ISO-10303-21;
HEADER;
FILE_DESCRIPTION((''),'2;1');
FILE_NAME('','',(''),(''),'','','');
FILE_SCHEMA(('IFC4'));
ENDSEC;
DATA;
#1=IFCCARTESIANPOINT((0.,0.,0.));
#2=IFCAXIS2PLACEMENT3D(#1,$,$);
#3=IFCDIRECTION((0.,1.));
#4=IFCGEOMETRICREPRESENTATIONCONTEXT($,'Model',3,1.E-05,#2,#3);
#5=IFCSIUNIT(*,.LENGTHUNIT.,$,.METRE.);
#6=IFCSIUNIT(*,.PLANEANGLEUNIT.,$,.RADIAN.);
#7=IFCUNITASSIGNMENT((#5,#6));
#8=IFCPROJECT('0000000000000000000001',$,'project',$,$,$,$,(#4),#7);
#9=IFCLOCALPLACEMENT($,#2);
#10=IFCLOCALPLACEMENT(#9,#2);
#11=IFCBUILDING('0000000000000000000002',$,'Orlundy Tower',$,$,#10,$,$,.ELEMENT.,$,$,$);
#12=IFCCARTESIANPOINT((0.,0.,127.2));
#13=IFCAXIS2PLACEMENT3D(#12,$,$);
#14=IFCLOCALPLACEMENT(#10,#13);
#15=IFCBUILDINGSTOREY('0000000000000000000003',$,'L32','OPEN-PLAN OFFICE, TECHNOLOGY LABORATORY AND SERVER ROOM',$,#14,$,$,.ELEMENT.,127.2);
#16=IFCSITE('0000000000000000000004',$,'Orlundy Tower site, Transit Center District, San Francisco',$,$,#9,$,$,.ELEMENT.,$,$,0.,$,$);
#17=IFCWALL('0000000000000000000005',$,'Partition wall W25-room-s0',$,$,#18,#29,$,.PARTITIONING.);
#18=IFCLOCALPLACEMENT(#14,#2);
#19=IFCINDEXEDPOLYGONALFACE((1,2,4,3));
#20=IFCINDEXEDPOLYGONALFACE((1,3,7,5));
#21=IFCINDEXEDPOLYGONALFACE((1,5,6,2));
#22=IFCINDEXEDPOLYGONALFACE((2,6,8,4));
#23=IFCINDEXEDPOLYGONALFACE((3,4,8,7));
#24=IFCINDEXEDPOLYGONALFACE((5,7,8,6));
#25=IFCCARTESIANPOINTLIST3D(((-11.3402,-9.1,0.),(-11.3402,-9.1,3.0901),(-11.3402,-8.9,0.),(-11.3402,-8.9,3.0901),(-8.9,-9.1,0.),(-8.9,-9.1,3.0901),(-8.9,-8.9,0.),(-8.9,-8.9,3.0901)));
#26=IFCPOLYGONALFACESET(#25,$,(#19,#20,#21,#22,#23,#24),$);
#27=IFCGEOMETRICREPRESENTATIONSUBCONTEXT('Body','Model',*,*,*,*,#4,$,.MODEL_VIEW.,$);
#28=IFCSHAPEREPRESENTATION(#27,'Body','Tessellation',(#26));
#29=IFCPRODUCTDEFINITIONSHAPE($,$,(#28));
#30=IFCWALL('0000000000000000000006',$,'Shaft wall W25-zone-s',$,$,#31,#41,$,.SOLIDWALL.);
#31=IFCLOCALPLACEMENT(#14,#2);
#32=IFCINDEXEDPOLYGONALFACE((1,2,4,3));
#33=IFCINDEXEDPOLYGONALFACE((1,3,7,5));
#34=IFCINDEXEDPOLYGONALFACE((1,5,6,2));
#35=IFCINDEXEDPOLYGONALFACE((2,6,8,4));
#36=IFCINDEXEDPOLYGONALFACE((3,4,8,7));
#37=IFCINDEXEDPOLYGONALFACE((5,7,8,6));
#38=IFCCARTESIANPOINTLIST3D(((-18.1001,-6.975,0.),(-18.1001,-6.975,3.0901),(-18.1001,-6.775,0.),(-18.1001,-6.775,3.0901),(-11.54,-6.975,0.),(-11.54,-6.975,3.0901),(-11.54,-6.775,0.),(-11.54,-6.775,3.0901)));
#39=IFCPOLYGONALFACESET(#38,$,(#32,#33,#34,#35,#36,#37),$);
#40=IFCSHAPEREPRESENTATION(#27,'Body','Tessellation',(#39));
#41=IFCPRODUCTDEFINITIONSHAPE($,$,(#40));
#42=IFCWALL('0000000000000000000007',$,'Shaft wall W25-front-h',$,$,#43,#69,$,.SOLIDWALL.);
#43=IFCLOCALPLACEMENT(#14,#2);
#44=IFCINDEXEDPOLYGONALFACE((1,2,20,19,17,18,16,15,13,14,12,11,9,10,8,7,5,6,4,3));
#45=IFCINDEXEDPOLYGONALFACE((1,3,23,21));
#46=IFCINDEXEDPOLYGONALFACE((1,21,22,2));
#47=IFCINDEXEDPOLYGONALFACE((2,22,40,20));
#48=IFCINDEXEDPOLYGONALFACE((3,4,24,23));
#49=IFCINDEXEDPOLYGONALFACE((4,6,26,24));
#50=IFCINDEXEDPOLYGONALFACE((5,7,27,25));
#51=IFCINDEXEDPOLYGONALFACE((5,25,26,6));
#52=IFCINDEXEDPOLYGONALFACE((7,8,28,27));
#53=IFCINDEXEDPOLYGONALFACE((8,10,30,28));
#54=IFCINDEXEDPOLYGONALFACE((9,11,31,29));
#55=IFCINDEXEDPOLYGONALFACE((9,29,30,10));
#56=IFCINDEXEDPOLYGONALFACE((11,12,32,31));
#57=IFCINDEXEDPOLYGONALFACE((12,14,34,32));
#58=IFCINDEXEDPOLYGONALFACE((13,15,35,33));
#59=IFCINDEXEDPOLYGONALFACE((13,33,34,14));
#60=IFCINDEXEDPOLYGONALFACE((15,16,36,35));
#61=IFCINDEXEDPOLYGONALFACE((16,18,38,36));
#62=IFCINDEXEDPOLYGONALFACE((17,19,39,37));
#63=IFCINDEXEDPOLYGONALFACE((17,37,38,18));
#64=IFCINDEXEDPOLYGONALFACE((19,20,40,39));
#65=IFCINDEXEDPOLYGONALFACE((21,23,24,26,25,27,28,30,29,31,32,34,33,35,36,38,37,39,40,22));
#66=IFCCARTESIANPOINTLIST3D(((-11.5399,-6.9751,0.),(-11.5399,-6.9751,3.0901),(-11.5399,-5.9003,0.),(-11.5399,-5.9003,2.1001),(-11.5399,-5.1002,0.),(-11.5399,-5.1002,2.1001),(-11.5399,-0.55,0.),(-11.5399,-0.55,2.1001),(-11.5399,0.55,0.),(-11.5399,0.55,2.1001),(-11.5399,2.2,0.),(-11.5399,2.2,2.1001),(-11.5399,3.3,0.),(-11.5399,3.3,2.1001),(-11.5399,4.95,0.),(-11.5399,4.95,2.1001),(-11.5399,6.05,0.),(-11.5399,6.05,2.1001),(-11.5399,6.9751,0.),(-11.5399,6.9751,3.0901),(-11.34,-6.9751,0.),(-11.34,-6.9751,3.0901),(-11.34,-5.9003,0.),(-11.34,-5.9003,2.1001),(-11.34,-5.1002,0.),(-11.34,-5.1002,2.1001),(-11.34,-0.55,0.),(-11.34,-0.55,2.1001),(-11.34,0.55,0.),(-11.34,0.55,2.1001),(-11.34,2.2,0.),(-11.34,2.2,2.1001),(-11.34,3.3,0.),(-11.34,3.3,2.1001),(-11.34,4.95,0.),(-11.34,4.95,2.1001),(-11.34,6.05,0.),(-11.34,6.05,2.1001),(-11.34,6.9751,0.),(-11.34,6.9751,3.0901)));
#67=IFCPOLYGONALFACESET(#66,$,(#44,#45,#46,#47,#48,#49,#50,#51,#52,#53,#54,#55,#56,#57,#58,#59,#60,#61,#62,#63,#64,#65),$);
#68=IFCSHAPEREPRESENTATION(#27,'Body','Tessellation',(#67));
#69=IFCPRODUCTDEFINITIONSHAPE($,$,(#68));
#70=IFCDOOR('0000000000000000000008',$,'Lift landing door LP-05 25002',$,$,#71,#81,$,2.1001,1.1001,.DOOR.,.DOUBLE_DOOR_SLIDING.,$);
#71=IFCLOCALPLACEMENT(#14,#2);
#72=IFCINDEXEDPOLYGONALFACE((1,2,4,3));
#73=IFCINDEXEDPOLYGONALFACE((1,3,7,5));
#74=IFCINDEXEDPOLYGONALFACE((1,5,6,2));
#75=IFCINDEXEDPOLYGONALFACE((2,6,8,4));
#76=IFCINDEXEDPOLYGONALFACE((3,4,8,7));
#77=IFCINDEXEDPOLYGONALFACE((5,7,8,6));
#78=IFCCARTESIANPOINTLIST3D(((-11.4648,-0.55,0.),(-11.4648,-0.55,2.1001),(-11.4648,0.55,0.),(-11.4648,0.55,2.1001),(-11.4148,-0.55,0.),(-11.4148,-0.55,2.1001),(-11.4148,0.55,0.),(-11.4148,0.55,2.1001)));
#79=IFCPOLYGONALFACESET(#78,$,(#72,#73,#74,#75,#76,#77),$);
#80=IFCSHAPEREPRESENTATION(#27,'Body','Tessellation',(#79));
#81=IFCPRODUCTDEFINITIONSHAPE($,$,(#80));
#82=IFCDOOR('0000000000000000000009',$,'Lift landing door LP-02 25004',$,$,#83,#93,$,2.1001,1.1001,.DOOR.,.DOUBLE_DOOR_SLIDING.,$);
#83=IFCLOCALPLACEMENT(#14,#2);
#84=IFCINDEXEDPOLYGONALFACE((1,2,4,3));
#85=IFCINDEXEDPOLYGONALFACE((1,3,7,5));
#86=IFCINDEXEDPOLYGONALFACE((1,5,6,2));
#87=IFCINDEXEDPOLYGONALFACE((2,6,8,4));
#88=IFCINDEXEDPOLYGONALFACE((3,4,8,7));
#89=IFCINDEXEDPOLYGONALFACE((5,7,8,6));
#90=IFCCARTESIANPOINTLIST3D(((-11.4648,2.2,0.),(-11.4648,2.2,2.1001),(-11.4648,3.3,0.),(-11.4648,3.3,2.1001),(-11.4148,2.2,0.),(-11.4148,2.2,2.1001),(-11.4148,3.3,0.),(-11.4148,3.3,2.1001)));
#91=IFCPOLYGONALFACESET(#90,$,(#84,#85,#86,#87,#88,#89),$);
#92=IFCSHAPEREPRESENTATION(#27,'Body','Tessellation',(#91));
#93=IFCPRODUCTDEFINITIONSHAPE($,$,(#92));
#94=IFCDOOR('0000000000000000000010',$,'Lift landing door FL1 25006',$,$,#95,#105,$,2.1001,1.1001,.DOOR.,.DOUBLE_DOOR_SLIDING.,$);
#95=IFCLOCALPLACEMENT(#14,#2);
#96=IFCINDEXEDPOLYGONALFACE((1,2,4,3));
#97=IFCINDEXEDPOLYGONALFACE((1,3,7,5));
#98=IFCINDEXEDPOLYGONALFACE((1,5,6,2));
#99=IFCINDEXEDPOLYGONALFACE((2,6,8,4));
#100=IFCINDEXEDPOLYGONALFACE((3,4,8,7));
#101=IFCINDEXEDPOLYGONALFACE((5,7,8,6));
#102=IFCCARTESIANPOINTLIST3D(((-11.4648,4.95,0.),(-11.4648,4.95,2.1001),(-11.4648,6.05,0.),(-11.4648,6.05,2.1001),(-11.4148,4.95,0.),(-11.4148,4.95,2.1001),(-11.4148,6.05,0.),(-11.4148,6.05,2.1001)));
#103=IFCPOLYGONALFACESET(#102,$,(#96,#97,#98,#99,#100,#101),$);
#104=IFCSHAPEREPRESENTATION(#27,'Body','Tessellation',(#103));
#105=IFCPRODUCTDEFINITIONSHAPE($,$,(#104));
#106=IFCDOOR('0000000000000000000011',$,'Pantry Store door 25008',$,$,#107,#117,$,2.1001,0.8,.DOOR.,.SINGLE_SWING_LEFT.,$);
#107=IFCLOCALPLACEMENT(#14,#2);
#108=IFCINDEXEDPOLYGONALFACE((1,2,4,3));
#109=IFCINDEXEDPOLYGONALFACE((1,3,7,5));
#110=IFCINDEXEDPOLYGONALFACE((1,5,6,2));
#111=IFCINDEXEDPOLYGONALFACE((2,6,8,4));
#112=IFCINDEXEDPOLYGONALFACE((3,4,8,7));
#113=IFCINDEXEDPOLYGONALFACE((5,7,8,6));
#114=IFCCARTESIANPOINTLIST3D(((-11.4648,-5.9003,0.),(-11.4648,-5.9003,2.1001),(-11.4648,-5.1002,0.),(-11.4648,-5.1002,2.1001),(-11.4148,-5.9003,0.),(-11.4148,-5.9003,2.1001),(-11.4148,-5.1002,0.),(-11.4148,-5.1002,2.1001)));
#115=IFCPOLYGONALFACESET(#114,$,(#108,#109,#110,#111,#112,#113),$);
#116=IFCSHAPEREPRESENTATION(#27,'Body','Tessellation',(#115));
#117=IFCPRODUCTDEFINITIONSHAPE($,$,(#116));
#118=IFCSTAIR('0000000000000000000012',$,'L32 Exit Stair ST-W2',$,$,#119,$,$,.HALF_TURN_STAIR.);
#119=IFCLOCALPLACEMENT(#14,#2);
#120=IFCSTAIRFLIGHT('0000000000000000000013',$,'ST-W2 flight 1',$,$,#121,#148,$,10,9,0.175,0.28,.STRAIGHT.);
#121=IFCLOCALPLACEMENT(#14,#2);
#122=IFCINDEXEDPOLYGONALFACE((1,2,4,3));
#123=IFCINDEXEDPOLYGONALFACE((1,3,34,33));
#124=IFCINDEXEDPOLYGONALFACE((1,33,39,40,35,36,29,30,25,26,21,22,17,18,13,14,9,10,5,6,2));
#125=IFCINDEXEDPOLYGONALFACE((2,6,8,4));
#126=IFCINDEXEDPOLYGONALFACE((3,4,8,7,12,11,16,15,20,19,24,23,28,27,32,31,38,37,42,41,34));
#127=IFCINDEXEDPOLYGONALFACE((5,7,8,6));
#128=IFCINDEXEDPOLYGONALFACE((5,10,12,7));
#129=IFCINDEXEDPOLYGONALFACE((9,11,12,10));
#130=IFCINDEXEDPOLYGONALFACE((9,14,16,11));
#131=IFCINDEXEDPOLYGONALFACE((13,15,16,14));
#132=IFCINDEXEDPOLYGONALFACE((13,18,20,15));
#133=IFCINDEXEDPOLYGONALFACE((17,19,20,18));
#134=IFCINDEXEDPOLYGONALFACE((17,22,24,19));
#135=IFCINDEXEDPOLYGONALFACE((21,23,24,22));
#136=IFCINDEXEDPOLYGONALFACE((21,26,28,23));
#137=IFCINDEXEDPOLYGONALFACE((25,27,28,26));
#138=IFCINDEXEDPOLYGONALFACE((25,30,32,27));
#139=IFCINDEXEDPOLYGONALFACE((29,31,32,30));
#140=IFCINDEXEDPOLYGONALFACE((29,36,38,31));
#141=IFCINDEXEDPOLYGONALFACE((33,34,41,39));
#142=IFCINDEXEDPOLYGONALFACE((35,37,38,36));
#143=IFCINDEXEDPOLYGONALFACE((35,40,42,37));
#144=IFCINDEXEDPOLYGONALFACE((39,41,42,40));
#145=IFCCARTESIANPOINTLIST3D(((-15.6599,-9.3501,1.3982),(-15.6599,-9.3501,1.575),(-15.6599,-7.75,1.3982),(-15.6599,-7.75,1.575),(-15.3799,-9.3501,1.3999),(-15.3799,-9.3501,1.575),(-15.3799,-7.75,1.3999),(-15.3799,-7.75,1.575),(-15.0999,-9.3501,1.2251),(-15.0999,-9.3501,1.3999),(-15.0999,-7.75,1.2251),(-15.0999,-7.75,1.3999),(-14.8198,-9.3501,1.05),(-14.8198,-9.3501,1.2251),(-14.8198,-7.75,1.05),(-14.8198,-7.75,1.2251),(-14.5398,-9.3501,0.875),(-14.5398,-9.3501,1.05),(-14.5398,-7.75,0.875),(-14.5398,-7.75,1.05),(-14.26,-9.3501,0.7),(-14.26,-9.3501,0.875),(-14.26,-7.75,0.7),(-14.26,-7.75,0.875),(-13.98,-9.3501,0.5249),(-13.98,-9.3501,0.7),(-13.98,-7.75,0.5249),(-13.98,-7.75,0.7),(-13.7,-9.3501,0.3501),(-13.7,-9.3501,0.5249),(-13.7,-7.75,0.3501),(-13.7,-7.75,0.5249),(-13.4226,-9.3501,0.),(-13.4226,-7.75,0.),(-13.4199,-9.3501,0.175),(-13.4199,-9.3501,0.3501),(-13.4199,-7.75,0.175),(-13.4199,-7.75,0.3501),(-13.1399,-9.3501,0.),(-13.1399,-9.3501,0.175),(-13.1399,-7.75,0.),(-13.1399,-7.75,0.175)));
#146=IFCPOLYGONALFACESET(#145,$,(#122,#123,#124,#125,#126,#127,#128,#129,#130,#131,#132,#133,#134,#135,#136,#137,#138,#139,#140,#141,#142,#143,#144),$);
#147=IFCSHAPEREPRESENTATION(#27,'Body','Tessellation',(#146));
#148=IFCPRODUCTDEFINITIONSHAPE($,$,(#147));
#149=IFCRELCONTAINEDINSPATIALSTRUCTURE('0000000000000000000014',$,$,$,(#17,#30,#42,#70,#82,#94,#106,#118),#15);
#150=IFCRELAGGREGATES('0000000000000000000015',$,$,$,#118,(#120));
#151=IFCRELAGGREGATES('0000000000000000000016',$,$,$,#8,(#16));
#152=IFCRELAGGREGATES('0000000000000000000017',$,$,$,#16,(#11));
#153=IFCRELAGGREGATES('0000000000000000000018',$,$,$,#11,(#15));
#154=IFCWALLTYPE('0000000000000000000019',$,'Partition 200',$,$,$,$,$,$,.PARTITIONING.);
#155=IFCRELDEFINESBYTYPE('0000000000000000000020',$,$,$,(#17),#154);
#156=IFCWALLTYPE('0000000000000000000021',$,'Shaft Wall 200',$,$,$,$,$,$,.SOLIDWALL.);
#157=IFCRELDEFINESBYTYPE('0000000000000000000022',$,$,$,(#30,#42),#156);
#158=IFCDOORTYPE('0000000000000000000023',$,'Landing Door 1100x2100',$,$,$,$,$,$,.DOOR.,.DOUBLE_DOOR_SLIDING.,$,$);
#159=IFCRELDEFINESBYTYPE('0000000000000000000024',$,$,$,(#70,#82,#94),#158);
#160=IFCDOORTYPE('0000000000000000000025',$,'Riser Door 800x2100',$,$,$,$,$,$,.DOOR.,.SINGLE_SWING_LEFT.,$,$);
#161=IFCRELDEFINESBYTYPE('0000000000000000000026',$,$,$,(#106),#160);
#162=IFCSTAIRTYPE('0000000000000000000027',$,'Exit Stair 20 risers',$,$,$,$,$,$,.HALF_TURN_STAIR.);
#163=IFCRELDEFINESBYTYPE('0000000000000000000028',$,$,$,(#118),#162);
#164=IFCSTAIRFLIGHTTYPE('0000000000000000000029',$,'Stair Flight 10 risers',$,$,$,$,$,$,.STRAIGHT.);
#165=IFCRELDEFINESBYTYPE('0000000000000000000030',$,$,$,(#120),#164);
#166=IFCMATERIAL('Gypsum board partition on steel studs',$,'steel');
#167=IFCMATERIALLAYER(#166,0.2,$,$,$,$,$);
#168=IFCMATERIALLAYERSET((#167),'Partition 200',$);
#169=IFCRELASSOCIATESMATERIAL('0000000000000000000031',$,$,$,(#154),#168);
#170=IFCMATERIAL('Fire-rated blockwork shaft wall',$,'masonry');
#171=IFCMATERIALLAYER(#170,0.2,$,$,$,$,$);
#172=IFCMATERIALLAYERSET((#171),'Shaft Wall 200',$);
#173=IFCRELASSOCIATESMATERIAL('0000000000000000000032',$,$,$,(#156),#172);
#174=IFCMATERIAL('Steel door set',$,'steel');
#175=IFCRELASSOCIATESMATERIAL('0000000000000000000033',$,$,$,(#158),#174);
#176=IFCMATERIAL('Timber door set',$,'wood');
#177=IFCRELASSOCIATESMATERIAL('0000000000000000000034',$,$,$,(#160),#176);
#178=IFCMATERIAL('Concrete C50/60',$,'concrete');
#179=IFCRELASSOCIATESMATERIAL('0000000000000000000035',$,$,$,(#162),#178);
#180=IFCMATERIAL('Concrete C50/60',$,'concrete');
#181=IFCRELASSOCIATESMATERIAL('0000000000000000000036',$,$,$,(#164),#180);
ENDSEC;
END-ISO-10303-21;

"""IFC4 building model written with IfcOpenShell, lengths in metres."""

from ifc_helpers import new_model, si_unit, direction, frame, frame_2d, origin, place, context, subcontext, project, spatial, polyline, rectangle, outline, extrude, material, layer, layer_set, type_object, element, fill, aggregate, save


model = new_model("IFC4")

# Units and contexts
model_context = context("Model", 3, precision=1e-05, world=origin(), true_north=direction((0.0, 1.0)))
body_context = subcontext(model_context, "Body", "Model", "MODEL_VIEW")
ifc_project = project(units=[si_unit("LENGTHUNIT", "METRE"), si_unit("PLANEANGLEUNIT", "RADIAN")], contexts=[model_context])

# Site, building, storey
site_placement = place(None, origin())
site = spatial("IfcSite", under=ifc_project, at=site_placement, Name="Orlundy Tower site, Transit Center District, San Francisco", CompositionType="ELEMENT", RefElevation=0.0)
building_placement = place(site_placement, origin())
building = spatial("IfcBuilding", under=site, at=building_placement, Name="Orlundy Tower", CompositionType="ELEMENT")
storey_placement = place(building_placement, frame((0.0, 0.0, 127.2)))
storey = spatial("IfcBuildingStorey", under=building, at=storey_placement, Name="L32", Description="OPEN-PLAN OFFICE, TECHNOLOGY LABORATORY AND SERVER ROOM", CompositionType="ELEMENT", Elevation=127.2)

# Walls
ifc_material_1 = material(Name="Gypsum board partition on steel studs", Category="steel")
ifc_layer_1 = layer(ifc_material_1, 0.2)
ifc_layer_set_1 = layer_set([ifc_layer_1], Name="Partition 200")
wall_type_1 = type_object("IfcWallType", Name="Partition 200", PredefinedType="PARTITIONING", material=ifc_layer_set_1)
wall_1_placement = place(storey_placement, frame((-8.8999, -9.0, 0.0), z_axis=(0.0, 0.0, 1.0), x_axis=(-1.0, 0.0, 0.0)))
element("IfcWall", 1, at=wall_1_placement, inside=storey, type_object=wall_type_1, Name="Partition wall W25-room-s0", PredefinedType="PARTITIONING", context=body_context, shape_type="SweptSolid", body=[
    extrude(rectangle(XDim=2.4402, YDim=0.2, at=frame_2d((1.2202, 0.0))), origin(), (0.0, 0.0, 1.0), 3.0901),
])
ifc_material_2 = material(Name="Fire-rated blockwork shaft wall", Category="masonry")
ifc_layer_2 = layer(ifc_material_2, 0.2)
ifc_layer_set_2 = layer_set([ifc_layer_2], Name="Shaft Wall 200")
wall_type_2 = type_object("IfcWallType", Name="Shaft Wall 200", PredefinedType="SOLIDWALL", material=ifc_layer_set_2)
wall_2_placement = place(storey_placement, frame((-11.54, -6.875, 0.0), z_axis=(0.0, 0.0, 1.0), x_axis=(-1.0, 0.0, 0.0)))
element("IfcWall", 2, at=wall_2_placement, inside=storey, type_object=wall_type_2, Name="Shaft wall W25-zone-s", PredefinedType="SOLIDWALL", context=body_context, shape_type="SweptSolid", body=[
    extrude(rectangle(XDim=6.5601, YDim=0.2, at=frame_2d((3.28, 0.0))), origin(), (0.0, 0.0, 1.0), 3.0901),
])

# Wall, openings, doors
wall_3_placement = place(storey_placement, frame((-11.4399, -6.9751, 0.0), z_axis=(0.0, 0.0, 1.0), x_axis=(0.0, 1.0, 0.0)))
wall_3 = element("IfcWall", 3, at=wall_3_placement, inside=storey, type_object=wall_type_2, Name="Shaft wall W25-front-h", PredefinedType="SOLIDWALL", context=body_context, shape_type="SweptSolid", body=[
    extrude(rectangle(XDim=13.9502, YDim=0.2, at=frame_2d((6.9751, 0.0))), origin(), (0.0, 0.0, 1.0), 3.0901),
])
opening_1_placement = place(wall_3_placement, frame((6.425, 0.0, 0.0)))
opening_1 = element("IfcOpeningElement", 4, at=opening_1_placement, cuts=wall_3, PredefinedType="OPENING", context=body_context, shape_type="SweptSolid", body=[
    extrude(rectangle(XDim=1.1001, YDim=2.1001, at=frame_2d((0.55, 1.05))), frame((0.0, 0.1101, 0.0), z_axis=(0.0, -1.0, 0.0), x_axis=(1.0, 0.0, 0.0)), (0.0, 0.0, 1.0), 0.2202),
])
opening_2_placement = place(wall_3_placement, frame((9.175, 0.0, 0.0)))
opening_2 = element("IfcOpeningElement", 5, at=opening_2_placement, cuts=wall_3, PredefinedType="OPENING", context=body_context, shape_type="SweptSolid", body=[
    extrude(rectangle(XDim=1.1001, YDim=2.1001, at=frame_2d((0.55, 1.05))), frame((0.0, 0.1101, 0.0), z_axis=(0.0, -1.0, 0.0), x_axis=(1.0, 0.0, 0.0)), (0.0, 0.0, 1.0), 0.2202),
])
opening_3_placement = place(wall_3_placement, frame((11.925, 0.0, 0.0)))
opening_3 = element("IfcOpeningElement", 6, at=opening_3_placement, cuts=wall_3, PredefinedType="OPENING", context=body_context, shape_type="SweptSolid", body=[
    extrude(rectangle(XDim=1.1001, YDim=2.1001, at=frame_2d((0.55, 1.05))), frame((0.0, 0.1101, 0.0), z_axis=(0.0, -1.0, 0.0), x_axis=(1.0, 0.0, 0.0)), (0.0, 0.0, 1.0), 0.2202),
])
opening_4_placement = place(wall_3_placement, frame((1.075, 0.0, 0.0)))
opening_4 = element("IfcOpeningElement", 7, at=opening_4_placement, cuts=wall_3, PredefinedType="OPENING", context=body_context, shape_type="SweptSolid", body=[
    extrude(rectangle(XDim=0.8, YDim=2.1001, at=frame_2d((0.3999, 1.05))), frame((0.0, 0.1101, 0.0), z_axis=(0.0, -1.0, 0.0), x_axis=(1.0, 0.0, 0.0)), (0.0, 0.0, 1.0), 0.2202),
])
ifc_material_3 = material(Name="Steel door set", Category="steel")
door_type_1 = type_object("IfcDoorType", Name="Landing Door 1100x2100", OperationType="DOUBLE_DOOR_SLIDING", PredefinedType="DOOR", material=ifc_material_3)
door_1_placement = place(opening_1_placement, origin())
door_1 = element("IfcDoor", 8, at=door_1_placement, inside=storey, type_object=door_type_1, Name="Lift landing door LP-05 25002", OperationType="DOUBLE_DOOR_SLIDING", OverallHeight=2.1001, OverallWidth=1.1001, PredefinedType="DOOR", context=body_context, shape_type="SweptSolid", body=[
    extrude(rectangle(XDim=1.1001, YDim=2.1001, at=frame_2d((0.55, 1.05))), frame((0.0, 0.0249, 0.0), z_axis=(0.0, -1.0, 0.0), x_axis=(1.0, 0.0, 0.0)), (0.0, 0.0, 1.0), 0.05),
])
fill(opening_1, door_1)
door_2_placement = place(opening_2_placement, origin())
door_2 = element("IfcDoor", 9, at=door_2_placement, inside=storey, type_object=door_type_1, Name="Lift landing door LP-02 25004", OperationType="DOUBLE_DOOR_SLIDING", OverallHeight=2.1001, OverallWidth=1.1001, PredefinedType="DOOR", context=body_context, shape_type="SweptSolid", body=[
    extrude(rectangle(XDim=1.1001, YDim=2.1001, at=frame_2d((0.55, 1.05))), frame((0.0, 0.0249, 0.0), z_axis=(0.0, -1.0, 0.0), x_axis=(1.0, 0.0, 0.0)), (0.0, 0.0, 1.0), 0.05),
])
fill(opening_2, door_2)
door_3_placement = place(opening_3_placement, origin())
door_3 = element("IfcDoor", 10, at=door_3_placement, inside=storey, type_object=door_type_1, Name="Lift landing door FL1 25006", OperationType="DOUBLE_DOOR_SLIDING", OverallHeight=2.1001, OverallWidth=1.1001, PredefinedType="DOOR", context=body_context, shape_type="SweptSolid", body=[
    extrude(rectangle(XDim=1.1001, YDim=2.1001, at=frame_2d((0.55, 1.05))), frame((0.0, 0.0249, 0.0), z_axis=(0.0, -1.0, 0.0), x_axis=(1.0, 0.0, 0.0)), (0.0, 0.0, 1.0), 0.05),
])
fill(opening_3, door_3)
ifc_material_4 = material(Name="Timber door set", Category="wood")
door_type_2 = type_object("IfcDoorType", Name="Riser Door 800x2100", OperationType="SINGLE_SWING_LEFT", PredefinedType="DOOR", material=ifc_material_4)
door_4_placement = place(opening_4_placement, origin())
door_4 = element("IfcDoor", 11, at=door_4_placement, inside=storey, type_object=door_type_2, Name="Pantry Store door 25008", OperationType="SINGLE_SWING_LEFT", OverallHeight=2.1001, OverallWidth=0.8, PredefinedType="DOOR", context=body_context, shape_type="SweptSolid", body=[
    extrude(rectangle(XDim=0.8, YDim=2.1001, at=frame_2d((0.3999, 1.05))), frame((0.0, 0.0249, 0.0), z_axis=(0.0, -1.0, 0.0), x_axis=(1.0, 0.0, 0.0)), (0.0, 0.0, 1.0), 0.05),
])
fill(opening_4, door_4)

# Stair, stair flight
ifc_material_5 = material(Name="Concrete C50/60", Category="concrete")
stair_type = type_object("IfcStairType", Name="Exit Stair 20 risers", PredefinedType="HALF_TURN_STAIR", material=ifc_material_5)
stair_placement = place(storey_placement, origin())
stair = element("IfcStair", 12, at=stair_placement, inside=storey, type_object=stair_type, Name="L32 Exit Stair ST-W2", PredefinedType="HALF_TURN_STAIR")
ifc_material_6 = material(Name="Concrete C50/60", Category="concrete")
stair_flight_type = type_object("IfcStairFlightType", Name="Stair Flight 10 risers", PredefinedType="STRAIGHT", material=ifc_material_6)
stair_flight_placement = place(storey_placement, frame((-13.1399, -8.55, 0.0), z_axis=(0.0, 0.0, 1.0), x_axis=(-1.0, 0.0, 0.0)))
stair_flight = element("IfcStairFlight", 13, at=stair_flight_placement, type_object=stair_flight_type, Name="ST-W2 flight 1", NumberOfRisers=10, NumberOfTreads=9, PredefinedType="STRAIGHT", RiserHeight=0.175, TreadLength=0.28, context=body_context, shape_type="SweptSolid", body=[
    extrude(outline(polyline([(0.0, 0.0), (0.0, 0.175), (0.28, 0.175), (0.28, 0.3501), (0.5601, 0.3501), (0.5601, 0.5249), (0.8401, 0.5249), (0.8401, 0.7), (1.1201, 0.7), (1.1201, 0.875), (1.3999, 0.875), (1.3999, 1.05), (1.6799, 1.05), (1.6799, 1.2251), (1.96, 1.2251), (1.96, 1.3999), (2.24, 1.3999), (2.24, 1.575), (2.52, 1.575), (2.52, 1.75), (2.52, 1.3982), (0.2827, 0.0), (0.0, 0.0)])), frame((0.0, 0.8, 0.0), z_axis=(0.0, -1.0, 0.0), x_axis=(1.0, 0.0, 0.0)), (0.0, 0.0, 1.0), 1.6001),
])
aggregate(stair, [stair_flight])

save(model, "model.ifc")
